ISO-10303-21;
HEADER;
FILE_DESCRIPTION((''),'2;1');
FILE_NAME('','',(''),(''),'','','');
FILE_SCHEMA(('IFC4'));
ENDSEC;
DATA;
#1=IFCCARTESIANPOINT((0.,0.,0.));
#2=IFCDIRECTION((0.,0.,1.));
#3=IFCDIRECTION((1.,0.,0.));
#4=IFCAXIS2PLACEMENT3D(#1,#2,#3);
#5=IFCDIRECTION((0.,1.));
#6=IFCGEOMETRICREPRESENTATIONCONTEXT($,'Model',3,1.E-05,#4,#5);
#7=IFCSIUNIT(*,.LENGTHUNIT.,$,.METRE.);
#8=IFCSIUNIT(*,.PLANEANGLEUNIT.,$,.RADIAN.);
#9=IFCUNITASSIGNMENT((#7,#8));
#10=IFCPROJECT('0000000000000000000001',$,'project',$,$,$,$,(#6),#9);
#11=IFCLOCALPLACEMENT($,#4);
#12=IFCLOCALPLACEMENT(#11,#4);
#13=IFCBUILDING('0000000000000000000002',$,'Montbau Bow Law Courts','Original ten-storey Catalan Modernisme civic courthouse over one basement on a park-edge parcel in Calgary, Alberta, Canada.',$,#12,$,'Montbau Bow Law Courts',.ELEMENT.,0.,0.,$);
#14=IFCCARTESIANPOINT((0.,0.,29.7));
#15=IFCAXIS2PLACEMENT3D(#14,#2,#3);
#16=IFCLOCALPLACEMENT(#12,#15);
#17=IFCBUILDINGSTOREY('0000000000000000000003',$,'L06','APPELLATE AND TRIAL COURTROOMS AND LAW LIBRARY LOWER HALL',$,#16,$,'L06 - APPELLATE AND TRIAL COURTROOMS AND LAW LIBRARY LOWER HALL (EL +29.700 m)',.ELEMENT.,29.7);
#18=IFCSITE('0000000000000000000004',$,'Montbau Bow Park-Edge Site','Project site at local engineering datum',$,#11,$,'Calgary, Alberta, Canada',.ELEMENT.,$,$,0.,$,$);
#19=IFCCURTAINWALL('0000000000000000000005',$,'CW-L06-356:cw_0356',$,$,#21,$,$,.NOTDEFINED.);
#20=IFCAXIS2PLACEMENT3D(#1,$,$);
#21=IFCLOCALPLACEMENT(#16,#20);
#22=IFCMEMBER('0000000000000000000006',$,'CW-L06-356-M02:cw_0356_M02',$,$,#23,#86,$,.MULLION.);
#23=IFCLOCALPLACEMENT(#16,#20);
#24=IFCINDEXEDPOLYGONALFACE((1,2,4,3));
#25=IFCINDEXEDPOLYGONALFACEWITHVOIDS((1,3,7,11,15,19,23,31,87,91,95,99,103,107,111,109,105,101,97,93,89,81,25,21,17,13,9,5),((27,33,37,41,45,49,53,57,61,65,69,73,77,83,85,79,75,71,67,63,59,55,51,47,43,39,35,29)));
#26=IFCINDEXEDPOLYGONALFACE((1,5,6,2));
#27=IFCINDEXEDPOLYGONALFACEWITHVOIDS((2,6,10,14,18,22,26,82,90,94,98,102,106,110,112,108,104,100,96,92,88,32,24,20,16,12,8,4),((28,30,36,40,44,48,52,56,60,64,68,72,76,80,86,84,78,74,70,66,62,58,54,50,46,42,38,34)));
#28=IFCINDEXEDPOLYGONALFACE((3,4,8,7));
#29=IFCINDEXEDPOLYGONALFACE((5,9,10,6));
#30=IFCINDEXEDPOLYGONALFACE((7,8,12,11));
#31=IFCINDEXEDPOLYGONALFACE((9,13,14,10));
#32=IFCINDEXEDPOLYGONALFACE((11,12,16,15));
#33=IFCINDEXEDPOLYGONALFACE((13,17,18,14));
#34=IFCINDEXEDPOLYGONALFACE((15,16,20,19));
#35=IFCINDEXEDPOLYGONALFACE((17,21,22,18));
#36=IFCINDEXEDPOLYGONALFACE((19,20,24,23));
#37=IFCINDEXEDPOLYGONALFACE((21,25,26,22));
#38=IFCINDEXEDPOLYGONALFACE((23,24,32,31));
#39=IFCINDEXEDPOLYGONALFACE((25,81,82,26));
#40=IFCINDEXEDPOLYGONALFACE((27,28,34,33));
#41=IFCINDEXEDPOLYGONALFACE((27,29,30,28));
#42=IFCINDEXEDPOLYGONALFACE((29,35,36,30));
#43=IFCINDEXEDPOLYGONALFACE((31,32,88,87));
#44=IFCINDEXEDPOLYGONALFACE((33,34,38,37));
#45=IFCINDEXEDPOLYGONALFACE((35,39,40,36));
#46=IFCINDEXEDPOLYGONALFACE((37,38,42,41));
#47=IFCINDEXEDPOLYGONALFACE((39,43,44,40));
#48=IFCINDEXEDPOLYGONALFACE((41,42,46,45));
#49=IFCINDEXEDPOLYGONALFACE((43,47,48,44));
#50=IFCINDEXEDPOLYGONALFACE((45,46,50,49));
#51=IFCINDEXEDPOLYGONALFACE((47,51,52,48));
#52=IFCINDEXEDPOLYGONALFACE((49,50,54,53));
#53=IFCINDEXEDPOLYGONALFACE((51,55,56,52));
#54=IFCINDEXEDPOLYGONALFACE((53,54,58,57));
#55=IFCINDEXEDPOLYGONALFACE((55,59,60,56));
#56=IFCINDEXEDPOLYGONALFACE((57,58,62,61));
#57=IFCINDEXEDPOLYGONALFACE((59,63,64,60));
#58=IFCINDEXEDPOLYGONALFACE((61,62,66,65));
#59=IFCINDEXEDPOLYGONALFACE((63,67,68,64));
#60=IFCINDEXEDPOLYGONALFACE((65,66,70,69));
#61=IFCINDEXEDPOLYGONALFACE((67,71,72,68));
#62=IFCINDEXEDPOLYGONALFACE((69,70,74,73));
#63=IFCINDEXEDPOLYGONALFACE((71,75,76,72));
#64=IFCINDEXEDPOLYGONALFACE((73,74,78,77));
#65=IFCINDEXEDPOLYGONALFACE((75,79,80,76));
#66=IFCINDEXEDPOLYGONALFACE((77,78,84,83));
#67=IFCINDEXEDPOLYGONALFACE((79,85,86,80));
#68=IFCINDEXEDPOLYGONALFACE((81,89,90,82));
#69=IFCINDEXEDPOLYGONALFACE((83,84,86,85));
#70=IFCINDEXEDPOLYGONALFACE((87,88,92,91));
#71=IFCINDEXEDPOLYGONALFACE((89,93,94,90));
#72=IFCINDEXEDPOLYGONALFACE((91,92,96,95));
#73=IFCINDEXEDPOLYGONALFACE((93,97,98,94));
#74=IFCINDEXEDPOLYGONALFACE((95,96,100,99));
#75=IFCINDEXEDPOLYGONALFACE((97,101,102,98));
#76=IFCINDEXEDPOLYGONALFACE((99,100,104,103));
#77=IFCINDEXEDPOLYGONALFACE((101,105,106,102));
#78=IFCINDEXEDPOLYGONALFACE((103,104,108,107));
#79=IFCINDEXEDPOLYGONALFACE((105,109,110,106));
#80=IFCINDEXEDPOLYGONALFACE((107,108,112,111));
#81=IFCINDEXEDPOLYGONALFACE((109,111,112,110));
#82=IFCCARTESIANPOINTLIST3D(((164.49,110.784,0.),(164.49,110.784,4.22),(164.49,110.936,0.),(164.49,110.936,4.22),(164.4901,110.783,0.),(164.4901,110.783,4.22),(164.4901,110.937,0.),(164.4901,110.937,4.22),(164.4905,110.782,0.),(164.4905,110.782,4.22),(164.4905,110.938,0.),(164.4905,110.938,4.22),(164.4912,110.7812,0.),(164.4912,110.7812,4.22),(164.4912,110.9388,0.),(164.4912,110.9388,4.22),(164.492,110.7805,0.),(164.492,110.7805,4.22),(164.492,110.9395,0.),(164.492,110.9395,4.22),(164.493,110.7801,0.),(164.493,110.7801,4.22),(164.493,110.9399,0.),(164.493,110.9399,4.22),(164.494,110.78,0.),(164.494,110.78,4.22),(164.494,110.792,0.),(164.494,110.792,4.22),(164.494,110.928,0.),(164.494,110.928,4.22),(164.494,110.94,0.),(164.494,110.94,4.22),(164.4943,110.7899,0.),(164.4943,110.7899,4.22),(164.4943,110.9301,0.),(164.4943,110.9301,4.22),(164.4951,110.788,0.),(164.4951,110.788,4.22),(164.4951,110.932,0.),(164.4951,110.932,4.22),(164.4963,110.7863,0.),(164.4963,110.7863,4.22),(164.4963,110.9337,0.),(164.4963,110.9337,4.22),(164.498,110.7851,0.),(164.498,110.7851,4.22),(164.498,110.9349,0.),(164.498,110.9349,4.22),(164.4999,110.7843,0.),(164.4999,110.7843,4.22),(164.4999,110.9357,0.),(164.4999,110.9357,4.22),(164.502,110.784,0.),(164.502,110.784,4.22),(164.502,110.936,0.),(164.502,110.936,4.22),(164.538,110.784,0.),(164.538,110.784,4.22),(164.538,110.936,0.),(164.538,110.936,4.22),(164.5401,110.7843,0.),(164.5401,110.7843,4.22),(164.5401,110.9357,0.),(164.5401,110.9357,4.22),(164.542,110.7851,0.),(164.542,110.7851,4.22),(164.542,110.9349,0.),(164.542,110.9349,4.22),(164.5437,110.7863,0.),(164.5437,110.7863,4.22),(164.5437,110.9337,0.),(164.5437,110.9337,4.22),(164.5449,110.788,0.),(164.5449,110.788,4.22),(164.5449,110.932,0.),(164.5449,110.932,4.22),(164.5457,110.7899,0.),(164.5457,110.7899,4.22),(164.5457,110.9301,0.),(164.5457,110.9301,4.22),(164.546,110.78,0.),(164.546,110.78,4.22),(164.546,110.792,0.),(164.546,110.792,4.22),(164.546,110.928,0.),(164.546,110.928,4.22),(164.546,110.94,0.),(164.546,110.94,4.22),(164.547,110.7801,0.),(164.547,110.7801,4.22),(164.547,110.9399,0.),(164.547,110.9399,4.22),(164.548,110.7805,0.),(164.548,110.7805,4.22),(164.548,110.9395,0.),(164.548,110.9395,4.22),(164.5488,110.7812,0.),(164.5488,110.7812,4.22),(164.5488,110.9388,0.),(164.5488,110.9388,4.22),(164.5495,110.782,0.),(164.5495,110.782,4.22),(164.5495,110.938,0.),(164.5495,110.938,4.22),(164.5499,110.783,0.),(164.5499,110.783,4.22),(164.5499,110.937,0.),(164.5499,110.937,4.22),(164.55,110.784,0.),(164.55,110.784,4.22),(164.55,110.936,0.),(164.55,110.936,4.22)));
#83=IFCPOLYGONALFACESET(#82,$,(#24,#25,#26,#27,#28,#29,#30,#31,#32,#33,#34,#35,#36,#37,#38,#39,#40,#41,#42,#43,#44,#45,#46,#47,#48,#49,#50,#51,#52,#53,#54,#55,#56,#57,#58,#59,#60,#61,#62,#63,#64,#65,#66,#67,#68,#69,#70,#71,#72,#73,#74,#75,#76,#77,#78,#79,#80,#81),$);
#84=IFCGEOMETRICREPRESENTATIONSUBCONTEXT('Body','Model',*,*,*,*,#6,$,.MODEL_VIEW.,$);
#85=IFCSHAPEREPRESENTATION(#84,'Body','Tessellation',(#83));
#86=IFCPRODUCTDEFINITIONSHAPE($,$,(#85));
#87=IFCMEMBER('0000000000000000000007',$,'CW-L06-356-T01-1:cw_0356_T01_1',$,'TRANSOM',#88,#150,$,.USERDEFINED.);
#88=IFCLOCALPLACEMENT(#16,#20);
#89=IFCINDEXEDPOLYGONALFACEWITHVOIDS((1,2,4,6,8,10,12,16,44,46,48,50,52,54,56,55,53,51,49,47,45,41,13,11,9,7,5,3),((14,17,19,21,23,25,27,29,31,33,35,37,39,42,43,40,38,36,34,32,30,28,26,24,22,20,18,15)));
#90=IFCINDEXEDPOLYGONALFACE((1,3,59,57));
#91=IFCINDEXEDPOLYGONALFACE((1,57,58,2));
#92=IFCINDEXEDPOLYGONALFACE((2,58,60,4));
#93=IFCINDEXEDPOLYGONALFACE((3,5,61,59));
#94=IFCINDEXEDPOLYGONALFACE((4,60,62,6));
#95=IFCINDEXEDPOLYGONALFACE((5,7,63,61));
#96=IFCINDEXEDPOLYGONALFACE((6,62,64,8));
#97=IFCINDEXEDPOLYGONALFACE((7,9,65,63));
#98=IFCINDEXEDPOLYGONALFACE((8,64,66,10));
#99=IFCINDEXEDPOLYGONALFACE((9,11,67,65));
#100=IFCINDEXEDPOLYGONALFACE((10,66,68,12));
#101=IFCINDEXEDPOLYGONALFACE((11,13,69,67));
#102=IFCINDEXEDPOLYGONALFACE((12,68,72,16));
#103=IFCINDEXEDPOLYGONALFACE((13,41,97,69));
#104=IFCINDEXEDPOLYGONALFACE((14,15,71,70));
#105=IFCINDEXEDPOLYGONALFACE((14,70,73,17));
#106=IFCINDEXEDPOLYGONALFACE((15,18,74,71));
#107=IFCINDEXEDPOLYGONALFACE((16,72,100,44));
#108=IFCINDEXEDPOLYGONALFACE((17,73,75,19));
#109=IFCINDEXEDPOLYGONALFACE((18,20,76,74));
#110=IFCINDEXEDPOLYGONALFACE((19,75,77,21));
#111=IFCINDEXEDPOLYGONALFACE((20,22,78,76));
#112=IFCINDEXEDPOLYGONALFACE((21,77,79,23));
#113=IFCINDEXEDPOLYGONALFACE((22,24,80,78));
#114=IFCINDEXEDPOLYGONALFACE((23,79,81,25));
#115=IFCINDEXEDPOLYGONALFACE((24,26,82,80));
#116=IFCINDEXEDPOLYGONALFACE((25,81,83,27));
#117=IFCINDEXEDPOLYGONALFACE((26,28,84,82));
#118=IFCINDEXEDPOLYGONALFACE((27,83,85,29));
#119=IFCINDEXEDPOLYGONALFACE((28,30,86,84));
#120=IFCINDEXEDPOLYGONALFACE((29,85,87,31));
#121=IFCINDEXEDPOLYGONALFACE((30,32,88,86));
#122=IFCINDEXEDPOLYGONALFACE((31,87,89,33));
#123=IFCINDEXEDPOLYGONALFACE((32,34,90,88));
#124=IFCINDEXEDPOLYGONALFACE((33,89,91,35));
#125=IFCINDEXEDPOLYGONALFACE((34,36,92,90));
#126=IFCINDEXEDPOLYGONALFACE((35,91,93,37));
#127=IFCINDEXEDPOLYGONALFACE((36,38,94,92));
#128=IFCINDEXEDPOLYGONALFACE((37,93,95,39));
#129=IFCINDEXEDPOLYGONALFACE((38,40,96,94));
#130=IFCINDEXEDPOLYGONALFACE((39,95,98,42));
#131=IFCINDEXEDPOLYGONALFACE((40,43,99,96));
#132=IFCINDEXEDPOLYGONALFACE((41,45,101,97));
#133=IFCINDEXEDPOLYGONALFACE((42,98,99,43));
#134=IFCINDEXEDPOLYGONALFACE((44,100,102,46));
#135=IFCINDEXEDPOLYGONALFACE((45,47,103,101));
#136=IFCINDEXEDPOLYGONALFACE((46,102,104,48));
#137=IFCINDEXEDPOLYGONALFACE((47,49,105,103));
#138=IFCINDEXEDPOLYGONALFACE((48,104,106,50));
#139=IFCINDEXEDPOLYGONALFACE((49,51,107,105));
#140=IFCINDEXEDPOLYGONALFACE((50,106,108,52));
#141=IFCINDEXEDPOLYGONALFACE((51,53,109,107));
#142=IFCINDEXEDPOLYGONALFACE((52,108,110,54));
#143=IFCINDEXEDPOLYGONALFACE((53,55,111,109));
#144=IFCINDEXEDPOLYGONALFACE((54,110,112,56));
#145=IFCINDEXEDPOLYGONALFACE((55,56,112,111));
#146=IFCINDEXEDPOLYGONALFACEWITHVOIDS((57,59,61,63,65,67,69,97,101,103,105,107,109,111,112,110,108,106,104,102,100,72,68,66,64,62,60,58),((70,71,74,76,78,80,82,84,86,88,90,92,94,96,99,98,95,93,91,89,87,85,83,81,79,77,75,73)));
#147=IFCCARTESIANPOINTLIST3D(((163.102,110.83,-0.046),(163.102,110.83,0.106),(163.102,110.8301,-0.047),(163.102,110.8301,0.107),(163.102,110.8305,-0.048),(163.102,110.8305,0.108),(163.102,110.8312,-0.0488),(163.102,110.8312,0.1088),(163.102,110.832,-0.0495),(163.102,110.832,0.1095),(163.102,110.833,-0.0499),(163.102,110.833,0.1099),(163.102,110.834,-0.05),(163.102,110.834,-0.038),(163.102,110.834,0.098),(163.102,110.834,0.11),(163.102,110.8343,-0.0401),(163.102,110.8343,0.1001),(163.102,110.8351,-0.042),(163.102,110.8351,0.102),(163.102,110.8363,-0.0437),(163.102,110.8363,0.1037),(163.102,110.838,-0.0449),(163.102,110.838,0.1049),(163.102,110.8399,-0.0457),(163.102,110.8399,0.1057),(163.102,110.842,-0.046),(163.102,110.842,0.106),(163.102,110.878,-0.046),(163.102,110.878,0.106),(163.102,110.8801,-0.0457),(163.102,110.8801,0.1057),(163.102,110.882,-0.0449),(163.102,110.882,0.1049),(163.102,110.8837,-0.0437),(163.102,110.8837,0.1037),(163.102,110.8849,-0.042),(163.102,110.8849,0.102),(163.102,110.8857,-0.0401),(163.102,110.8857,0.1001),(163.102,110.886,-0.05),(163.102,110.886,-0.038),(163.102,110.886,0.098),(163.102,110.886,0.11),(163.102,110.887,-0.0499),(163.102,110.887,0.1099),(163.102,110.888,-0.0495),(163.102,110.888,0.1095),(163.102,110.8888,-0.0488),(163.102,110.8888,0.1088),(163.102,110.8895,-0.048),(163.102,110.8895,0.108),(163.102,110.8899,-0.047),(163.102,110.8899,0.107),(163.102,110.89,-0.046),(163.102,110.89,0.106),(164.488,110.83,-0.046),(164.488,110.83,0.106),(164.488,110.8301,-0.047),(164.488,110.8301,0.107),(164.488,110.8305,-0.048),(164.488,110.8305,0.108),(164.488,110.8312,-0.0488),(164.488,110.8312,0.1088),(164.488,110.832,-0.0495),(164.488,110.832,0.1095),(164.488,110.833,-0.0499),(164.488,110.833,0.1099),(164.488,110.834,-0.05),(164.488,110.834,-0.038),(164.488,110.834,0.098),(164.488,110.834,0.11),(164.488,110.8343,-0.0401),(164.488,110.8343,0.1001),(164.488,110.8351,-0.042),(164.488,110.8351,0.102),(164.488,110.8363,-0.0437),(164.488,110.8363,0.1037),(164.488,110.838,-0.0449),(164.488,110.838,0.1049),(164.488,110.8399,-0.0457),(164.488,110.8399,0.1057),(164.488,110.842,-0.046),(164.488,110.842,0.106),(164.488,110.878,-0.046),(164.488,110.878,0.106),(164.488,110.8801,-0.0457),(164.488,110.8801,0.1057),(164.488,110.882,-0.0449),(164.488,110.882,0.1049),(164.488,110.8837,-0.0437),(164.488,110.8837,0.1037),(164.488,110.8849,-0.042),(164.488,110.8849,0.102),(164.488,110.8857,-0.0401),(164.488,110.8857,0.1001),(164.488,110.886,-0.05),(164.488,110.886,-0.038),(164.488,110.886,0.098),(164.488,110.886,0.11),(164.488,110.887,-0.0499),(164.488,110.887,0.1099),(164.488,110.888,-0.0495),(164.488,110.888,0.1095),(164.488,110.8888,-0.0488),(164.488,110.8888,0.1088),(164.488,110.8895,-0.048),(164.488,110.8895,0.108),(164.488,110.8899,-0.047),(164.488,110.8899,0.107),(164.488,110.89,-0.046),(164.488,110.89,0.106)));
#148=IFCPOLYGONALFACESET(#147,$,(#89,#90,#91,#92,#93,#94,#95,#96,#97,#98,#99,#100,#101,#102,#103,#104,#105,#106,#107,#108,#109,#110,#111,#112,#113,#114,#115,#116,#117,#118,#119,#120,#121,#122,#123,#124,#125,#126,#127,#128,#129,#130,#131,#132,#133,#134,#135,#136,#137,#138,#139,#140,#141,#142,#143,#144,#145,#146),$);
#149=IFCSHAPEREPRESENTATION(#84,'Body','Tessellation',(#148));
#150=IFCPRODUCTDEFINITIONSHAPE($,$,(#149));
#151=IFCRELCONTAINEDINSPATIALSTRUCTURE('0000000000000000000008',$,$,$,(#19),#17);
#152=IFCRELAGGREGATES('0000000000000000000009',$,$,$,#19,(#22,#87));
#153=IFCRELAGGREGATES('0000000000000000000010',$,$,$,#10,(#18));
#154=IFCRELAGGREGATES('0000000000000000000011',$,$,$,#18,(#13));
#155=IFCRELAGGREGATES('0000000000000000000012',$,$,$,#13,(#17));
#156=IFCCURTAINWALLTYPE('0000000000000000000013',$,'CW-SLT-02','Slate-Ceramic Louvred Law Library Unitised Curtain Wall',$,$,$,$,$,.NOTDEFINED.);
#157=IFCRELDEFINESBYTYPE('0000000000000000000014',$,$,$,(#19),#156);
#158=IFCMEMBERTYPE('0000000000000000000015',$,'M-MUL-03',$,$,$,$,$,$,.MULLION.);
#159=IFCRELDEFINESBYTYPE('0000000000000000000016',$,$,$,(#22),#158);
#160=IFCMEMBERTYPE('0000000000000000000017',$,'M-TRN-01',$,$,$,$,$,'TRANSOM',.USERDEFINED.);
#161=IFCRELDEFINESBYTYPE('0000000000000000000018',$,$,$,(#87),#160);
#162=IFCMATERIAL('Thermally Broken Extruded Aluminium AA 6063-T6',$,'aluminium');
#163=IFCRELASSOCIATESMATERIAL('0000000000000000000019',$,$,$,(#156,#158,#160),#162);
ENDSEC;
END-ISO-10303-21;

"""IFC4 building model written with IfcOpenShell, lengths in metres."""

from ifc_helpers import new_model, si_unit, direction, frame, origin_with_axes, origin_2d_with_axis, place, context, subcontext, project, spatial, hollow_rectangle, extrude, material, material_profile, profile_set, type_object, element, aggregate, save


model = new_model("IFC4")

# Units and contexts
model_context = context("Model", 3, precision=1e-05, world=origin_with_axes(), true_north=direction((0.0, 1.0)))
body_context = subcontext(model_context, "Body", "Model", "MODEL_VIEW")
ifc_project = project(units=[si_unit("LENGTHUNIT", "METRE"), si_unit("PLANEANGLEUNIT", "RADIAN")], contexts=[model_context])

# Site, building, storey
site_placement = place(None, origin_with_axes())
site = spatial("IfcSite", under=ifc_project, at=site_placement, Name="Montbau Bow Park-Edge Site", Description="Project site at local engineering datum", LongName="Calgary, Alberta, Canada", CompositionType="ELEMENT", RefElevation=0.0)
building_placement = place(site_placement, origin_with_axes())
building = spatial("IfcBuilding", under=site, at=building_placement, Name="Montbau Bow Law Courts", Description="Original ten-storey Catalan Modernisme civic courthouse over one basement on a park-edge parcel in Calgary, Alberta, Canada.", LongName="Montbau Bow Law Courts", CompositionType="ELEMENT", ElevationOfRefHeight=0.0, ElevationOfTerrain=0.0)
storey_placement = place(building_placement, frame((0.0, 0.0, 29.7), z_axis=(0.0, 0.0, 1.0), x_axis=(1.0, 0.0, 0.0)))
storey = spatial("IfcBuildingStorey", under=building, at=storey_placement, Name="L06", Description="APPELLATE AND TRIAL COURTROOMS AND LAW LIBRARY LOWER HALL", LongName="L06 - APPELLATE AND TRIAL COURTROOMS AND LAW LIBRARY LOWER HALL (EL +29.700 m)", CompositionType="ELEMENT", Elevation=29.7)

# Shared definitions
ifc_material_1 = material(Name="Thermally Broken Extruded Aluminium AA 6063-T6", Category="aluminium")
curtain_wall_type = type_object("IfcCurtainWallType", Name="CW-SLT-02", Description="Slate-Ceramic Louvred Law Library Unitised Curtain Wall", PredefinedType="NOTDEFINED", material=ifc_material_1)

# Curtain wall, members
curtain_wall_1_placement = place(None, frame((163.04, 110.86, 29.7), z_axis=(0.0, 0.0, 1.0), x_axis=(1.0, 0.0, 0.0)))
curtain_wall_1 = element("IfcCurtainWall", 1, at=curtain_wall_1_placement, inside=storey, type_object=curtain_wall_type, Name="CW-L06-356:cw_0356", PredefinedType="NOTDEFINED")
ifc_material_profile_1 = material_profile(ifc_material_1, hollow_rectangle(XDim=0.06, YDim=0.16, WallThickness=0.004, InnerFilletRadius=0.008, OuterFilletRadius=0.004, at=origin_2d_with_axis()), Name="CWM-160X60", Category="Main", Priority=0)
ifc_profile_set_1 = profile_set([ifc_material_profile_1], Name="Thermally Broken Extruded Aluminium AA 6063-T6")
member_type_1 = type_object("IfcMemberType", Name="M-MUL-03", PredefinedType="MULLION", material=ifc_profile_set_1)
member_1_placement = place(None, frame((164.52, 110.86, 29.7), z_axis=(0.0, 0.0, 1.0), x_axis=(1.0, 0.0, 0.0)))
member_1 = element("IfcMember", 2, at=member_1_placement, type_object=member_type_1, Name="CW-L06-356-M02:cw_0356_M02", PredefinedType="MULLION", context=body_context, shape_type="SweptSolid", body=[
    extrude(hollow_rectangle(XDim=0.06, YDim=0.16, WallThickness=0.004, InnerFilletRadius=0.008, OuterFilletRadius=0.004, at=origin_2d_with_axis()), origin_with_axes(), (0.0, 0.0, 1.0), 4.22),
])
ifc_material_profile_2 = material_profile(ifc_material_1, hollow_rectangle(XDim=0.06, YDim=0.16, WallThickness=0.004, InnerFilletRadius=0.008, OuterFilletRadius=0.004, at=origin_2d_with_axis()), Name="CWT-160X60", Category="Main", Priority=0)
ifc_profile_set_2 = profile_set([ifc_material_profile_2], Name="Thermally Broken Extruded Aluminium AA 6063-T6")
member_type_2 = type_object("IfcMemberType", Name="M-TRN-01", ElementType="TRANSOM", PredefinedType="USERDEFINED", material=ifc_profile_set_2)
member_2_placement = place(None, frame((163.102, 110.86, 29.73), z_axis=(1.0, 0.0, 0.0), x_axis=(0.0, 1.0, 0.0)))
member_2 = element("IfcMember", 3, at=member_2_placement, type_object=member_type_2, Name="CW-L06-356-T01-1:cw_0356_T01_1", ObjectType="TRANSOM", PredefinedType="USERDEFINED", context=body_context, shape_type="SweptSolid", body=[
    extrude(hollow_rectangle(XDim=0.06, YDim=0.16, WallThickness=0.004, InnerFilletRadius=0.008, OuterFilletRadius=0.004, at=origin_2d_with_axis()), origin_with_axes(), (0.0, 0.0, 1.0), 1.386),
])

aggregate(curtain_wall_1, [member_1, member_2])

save(model, "model.ifc")
